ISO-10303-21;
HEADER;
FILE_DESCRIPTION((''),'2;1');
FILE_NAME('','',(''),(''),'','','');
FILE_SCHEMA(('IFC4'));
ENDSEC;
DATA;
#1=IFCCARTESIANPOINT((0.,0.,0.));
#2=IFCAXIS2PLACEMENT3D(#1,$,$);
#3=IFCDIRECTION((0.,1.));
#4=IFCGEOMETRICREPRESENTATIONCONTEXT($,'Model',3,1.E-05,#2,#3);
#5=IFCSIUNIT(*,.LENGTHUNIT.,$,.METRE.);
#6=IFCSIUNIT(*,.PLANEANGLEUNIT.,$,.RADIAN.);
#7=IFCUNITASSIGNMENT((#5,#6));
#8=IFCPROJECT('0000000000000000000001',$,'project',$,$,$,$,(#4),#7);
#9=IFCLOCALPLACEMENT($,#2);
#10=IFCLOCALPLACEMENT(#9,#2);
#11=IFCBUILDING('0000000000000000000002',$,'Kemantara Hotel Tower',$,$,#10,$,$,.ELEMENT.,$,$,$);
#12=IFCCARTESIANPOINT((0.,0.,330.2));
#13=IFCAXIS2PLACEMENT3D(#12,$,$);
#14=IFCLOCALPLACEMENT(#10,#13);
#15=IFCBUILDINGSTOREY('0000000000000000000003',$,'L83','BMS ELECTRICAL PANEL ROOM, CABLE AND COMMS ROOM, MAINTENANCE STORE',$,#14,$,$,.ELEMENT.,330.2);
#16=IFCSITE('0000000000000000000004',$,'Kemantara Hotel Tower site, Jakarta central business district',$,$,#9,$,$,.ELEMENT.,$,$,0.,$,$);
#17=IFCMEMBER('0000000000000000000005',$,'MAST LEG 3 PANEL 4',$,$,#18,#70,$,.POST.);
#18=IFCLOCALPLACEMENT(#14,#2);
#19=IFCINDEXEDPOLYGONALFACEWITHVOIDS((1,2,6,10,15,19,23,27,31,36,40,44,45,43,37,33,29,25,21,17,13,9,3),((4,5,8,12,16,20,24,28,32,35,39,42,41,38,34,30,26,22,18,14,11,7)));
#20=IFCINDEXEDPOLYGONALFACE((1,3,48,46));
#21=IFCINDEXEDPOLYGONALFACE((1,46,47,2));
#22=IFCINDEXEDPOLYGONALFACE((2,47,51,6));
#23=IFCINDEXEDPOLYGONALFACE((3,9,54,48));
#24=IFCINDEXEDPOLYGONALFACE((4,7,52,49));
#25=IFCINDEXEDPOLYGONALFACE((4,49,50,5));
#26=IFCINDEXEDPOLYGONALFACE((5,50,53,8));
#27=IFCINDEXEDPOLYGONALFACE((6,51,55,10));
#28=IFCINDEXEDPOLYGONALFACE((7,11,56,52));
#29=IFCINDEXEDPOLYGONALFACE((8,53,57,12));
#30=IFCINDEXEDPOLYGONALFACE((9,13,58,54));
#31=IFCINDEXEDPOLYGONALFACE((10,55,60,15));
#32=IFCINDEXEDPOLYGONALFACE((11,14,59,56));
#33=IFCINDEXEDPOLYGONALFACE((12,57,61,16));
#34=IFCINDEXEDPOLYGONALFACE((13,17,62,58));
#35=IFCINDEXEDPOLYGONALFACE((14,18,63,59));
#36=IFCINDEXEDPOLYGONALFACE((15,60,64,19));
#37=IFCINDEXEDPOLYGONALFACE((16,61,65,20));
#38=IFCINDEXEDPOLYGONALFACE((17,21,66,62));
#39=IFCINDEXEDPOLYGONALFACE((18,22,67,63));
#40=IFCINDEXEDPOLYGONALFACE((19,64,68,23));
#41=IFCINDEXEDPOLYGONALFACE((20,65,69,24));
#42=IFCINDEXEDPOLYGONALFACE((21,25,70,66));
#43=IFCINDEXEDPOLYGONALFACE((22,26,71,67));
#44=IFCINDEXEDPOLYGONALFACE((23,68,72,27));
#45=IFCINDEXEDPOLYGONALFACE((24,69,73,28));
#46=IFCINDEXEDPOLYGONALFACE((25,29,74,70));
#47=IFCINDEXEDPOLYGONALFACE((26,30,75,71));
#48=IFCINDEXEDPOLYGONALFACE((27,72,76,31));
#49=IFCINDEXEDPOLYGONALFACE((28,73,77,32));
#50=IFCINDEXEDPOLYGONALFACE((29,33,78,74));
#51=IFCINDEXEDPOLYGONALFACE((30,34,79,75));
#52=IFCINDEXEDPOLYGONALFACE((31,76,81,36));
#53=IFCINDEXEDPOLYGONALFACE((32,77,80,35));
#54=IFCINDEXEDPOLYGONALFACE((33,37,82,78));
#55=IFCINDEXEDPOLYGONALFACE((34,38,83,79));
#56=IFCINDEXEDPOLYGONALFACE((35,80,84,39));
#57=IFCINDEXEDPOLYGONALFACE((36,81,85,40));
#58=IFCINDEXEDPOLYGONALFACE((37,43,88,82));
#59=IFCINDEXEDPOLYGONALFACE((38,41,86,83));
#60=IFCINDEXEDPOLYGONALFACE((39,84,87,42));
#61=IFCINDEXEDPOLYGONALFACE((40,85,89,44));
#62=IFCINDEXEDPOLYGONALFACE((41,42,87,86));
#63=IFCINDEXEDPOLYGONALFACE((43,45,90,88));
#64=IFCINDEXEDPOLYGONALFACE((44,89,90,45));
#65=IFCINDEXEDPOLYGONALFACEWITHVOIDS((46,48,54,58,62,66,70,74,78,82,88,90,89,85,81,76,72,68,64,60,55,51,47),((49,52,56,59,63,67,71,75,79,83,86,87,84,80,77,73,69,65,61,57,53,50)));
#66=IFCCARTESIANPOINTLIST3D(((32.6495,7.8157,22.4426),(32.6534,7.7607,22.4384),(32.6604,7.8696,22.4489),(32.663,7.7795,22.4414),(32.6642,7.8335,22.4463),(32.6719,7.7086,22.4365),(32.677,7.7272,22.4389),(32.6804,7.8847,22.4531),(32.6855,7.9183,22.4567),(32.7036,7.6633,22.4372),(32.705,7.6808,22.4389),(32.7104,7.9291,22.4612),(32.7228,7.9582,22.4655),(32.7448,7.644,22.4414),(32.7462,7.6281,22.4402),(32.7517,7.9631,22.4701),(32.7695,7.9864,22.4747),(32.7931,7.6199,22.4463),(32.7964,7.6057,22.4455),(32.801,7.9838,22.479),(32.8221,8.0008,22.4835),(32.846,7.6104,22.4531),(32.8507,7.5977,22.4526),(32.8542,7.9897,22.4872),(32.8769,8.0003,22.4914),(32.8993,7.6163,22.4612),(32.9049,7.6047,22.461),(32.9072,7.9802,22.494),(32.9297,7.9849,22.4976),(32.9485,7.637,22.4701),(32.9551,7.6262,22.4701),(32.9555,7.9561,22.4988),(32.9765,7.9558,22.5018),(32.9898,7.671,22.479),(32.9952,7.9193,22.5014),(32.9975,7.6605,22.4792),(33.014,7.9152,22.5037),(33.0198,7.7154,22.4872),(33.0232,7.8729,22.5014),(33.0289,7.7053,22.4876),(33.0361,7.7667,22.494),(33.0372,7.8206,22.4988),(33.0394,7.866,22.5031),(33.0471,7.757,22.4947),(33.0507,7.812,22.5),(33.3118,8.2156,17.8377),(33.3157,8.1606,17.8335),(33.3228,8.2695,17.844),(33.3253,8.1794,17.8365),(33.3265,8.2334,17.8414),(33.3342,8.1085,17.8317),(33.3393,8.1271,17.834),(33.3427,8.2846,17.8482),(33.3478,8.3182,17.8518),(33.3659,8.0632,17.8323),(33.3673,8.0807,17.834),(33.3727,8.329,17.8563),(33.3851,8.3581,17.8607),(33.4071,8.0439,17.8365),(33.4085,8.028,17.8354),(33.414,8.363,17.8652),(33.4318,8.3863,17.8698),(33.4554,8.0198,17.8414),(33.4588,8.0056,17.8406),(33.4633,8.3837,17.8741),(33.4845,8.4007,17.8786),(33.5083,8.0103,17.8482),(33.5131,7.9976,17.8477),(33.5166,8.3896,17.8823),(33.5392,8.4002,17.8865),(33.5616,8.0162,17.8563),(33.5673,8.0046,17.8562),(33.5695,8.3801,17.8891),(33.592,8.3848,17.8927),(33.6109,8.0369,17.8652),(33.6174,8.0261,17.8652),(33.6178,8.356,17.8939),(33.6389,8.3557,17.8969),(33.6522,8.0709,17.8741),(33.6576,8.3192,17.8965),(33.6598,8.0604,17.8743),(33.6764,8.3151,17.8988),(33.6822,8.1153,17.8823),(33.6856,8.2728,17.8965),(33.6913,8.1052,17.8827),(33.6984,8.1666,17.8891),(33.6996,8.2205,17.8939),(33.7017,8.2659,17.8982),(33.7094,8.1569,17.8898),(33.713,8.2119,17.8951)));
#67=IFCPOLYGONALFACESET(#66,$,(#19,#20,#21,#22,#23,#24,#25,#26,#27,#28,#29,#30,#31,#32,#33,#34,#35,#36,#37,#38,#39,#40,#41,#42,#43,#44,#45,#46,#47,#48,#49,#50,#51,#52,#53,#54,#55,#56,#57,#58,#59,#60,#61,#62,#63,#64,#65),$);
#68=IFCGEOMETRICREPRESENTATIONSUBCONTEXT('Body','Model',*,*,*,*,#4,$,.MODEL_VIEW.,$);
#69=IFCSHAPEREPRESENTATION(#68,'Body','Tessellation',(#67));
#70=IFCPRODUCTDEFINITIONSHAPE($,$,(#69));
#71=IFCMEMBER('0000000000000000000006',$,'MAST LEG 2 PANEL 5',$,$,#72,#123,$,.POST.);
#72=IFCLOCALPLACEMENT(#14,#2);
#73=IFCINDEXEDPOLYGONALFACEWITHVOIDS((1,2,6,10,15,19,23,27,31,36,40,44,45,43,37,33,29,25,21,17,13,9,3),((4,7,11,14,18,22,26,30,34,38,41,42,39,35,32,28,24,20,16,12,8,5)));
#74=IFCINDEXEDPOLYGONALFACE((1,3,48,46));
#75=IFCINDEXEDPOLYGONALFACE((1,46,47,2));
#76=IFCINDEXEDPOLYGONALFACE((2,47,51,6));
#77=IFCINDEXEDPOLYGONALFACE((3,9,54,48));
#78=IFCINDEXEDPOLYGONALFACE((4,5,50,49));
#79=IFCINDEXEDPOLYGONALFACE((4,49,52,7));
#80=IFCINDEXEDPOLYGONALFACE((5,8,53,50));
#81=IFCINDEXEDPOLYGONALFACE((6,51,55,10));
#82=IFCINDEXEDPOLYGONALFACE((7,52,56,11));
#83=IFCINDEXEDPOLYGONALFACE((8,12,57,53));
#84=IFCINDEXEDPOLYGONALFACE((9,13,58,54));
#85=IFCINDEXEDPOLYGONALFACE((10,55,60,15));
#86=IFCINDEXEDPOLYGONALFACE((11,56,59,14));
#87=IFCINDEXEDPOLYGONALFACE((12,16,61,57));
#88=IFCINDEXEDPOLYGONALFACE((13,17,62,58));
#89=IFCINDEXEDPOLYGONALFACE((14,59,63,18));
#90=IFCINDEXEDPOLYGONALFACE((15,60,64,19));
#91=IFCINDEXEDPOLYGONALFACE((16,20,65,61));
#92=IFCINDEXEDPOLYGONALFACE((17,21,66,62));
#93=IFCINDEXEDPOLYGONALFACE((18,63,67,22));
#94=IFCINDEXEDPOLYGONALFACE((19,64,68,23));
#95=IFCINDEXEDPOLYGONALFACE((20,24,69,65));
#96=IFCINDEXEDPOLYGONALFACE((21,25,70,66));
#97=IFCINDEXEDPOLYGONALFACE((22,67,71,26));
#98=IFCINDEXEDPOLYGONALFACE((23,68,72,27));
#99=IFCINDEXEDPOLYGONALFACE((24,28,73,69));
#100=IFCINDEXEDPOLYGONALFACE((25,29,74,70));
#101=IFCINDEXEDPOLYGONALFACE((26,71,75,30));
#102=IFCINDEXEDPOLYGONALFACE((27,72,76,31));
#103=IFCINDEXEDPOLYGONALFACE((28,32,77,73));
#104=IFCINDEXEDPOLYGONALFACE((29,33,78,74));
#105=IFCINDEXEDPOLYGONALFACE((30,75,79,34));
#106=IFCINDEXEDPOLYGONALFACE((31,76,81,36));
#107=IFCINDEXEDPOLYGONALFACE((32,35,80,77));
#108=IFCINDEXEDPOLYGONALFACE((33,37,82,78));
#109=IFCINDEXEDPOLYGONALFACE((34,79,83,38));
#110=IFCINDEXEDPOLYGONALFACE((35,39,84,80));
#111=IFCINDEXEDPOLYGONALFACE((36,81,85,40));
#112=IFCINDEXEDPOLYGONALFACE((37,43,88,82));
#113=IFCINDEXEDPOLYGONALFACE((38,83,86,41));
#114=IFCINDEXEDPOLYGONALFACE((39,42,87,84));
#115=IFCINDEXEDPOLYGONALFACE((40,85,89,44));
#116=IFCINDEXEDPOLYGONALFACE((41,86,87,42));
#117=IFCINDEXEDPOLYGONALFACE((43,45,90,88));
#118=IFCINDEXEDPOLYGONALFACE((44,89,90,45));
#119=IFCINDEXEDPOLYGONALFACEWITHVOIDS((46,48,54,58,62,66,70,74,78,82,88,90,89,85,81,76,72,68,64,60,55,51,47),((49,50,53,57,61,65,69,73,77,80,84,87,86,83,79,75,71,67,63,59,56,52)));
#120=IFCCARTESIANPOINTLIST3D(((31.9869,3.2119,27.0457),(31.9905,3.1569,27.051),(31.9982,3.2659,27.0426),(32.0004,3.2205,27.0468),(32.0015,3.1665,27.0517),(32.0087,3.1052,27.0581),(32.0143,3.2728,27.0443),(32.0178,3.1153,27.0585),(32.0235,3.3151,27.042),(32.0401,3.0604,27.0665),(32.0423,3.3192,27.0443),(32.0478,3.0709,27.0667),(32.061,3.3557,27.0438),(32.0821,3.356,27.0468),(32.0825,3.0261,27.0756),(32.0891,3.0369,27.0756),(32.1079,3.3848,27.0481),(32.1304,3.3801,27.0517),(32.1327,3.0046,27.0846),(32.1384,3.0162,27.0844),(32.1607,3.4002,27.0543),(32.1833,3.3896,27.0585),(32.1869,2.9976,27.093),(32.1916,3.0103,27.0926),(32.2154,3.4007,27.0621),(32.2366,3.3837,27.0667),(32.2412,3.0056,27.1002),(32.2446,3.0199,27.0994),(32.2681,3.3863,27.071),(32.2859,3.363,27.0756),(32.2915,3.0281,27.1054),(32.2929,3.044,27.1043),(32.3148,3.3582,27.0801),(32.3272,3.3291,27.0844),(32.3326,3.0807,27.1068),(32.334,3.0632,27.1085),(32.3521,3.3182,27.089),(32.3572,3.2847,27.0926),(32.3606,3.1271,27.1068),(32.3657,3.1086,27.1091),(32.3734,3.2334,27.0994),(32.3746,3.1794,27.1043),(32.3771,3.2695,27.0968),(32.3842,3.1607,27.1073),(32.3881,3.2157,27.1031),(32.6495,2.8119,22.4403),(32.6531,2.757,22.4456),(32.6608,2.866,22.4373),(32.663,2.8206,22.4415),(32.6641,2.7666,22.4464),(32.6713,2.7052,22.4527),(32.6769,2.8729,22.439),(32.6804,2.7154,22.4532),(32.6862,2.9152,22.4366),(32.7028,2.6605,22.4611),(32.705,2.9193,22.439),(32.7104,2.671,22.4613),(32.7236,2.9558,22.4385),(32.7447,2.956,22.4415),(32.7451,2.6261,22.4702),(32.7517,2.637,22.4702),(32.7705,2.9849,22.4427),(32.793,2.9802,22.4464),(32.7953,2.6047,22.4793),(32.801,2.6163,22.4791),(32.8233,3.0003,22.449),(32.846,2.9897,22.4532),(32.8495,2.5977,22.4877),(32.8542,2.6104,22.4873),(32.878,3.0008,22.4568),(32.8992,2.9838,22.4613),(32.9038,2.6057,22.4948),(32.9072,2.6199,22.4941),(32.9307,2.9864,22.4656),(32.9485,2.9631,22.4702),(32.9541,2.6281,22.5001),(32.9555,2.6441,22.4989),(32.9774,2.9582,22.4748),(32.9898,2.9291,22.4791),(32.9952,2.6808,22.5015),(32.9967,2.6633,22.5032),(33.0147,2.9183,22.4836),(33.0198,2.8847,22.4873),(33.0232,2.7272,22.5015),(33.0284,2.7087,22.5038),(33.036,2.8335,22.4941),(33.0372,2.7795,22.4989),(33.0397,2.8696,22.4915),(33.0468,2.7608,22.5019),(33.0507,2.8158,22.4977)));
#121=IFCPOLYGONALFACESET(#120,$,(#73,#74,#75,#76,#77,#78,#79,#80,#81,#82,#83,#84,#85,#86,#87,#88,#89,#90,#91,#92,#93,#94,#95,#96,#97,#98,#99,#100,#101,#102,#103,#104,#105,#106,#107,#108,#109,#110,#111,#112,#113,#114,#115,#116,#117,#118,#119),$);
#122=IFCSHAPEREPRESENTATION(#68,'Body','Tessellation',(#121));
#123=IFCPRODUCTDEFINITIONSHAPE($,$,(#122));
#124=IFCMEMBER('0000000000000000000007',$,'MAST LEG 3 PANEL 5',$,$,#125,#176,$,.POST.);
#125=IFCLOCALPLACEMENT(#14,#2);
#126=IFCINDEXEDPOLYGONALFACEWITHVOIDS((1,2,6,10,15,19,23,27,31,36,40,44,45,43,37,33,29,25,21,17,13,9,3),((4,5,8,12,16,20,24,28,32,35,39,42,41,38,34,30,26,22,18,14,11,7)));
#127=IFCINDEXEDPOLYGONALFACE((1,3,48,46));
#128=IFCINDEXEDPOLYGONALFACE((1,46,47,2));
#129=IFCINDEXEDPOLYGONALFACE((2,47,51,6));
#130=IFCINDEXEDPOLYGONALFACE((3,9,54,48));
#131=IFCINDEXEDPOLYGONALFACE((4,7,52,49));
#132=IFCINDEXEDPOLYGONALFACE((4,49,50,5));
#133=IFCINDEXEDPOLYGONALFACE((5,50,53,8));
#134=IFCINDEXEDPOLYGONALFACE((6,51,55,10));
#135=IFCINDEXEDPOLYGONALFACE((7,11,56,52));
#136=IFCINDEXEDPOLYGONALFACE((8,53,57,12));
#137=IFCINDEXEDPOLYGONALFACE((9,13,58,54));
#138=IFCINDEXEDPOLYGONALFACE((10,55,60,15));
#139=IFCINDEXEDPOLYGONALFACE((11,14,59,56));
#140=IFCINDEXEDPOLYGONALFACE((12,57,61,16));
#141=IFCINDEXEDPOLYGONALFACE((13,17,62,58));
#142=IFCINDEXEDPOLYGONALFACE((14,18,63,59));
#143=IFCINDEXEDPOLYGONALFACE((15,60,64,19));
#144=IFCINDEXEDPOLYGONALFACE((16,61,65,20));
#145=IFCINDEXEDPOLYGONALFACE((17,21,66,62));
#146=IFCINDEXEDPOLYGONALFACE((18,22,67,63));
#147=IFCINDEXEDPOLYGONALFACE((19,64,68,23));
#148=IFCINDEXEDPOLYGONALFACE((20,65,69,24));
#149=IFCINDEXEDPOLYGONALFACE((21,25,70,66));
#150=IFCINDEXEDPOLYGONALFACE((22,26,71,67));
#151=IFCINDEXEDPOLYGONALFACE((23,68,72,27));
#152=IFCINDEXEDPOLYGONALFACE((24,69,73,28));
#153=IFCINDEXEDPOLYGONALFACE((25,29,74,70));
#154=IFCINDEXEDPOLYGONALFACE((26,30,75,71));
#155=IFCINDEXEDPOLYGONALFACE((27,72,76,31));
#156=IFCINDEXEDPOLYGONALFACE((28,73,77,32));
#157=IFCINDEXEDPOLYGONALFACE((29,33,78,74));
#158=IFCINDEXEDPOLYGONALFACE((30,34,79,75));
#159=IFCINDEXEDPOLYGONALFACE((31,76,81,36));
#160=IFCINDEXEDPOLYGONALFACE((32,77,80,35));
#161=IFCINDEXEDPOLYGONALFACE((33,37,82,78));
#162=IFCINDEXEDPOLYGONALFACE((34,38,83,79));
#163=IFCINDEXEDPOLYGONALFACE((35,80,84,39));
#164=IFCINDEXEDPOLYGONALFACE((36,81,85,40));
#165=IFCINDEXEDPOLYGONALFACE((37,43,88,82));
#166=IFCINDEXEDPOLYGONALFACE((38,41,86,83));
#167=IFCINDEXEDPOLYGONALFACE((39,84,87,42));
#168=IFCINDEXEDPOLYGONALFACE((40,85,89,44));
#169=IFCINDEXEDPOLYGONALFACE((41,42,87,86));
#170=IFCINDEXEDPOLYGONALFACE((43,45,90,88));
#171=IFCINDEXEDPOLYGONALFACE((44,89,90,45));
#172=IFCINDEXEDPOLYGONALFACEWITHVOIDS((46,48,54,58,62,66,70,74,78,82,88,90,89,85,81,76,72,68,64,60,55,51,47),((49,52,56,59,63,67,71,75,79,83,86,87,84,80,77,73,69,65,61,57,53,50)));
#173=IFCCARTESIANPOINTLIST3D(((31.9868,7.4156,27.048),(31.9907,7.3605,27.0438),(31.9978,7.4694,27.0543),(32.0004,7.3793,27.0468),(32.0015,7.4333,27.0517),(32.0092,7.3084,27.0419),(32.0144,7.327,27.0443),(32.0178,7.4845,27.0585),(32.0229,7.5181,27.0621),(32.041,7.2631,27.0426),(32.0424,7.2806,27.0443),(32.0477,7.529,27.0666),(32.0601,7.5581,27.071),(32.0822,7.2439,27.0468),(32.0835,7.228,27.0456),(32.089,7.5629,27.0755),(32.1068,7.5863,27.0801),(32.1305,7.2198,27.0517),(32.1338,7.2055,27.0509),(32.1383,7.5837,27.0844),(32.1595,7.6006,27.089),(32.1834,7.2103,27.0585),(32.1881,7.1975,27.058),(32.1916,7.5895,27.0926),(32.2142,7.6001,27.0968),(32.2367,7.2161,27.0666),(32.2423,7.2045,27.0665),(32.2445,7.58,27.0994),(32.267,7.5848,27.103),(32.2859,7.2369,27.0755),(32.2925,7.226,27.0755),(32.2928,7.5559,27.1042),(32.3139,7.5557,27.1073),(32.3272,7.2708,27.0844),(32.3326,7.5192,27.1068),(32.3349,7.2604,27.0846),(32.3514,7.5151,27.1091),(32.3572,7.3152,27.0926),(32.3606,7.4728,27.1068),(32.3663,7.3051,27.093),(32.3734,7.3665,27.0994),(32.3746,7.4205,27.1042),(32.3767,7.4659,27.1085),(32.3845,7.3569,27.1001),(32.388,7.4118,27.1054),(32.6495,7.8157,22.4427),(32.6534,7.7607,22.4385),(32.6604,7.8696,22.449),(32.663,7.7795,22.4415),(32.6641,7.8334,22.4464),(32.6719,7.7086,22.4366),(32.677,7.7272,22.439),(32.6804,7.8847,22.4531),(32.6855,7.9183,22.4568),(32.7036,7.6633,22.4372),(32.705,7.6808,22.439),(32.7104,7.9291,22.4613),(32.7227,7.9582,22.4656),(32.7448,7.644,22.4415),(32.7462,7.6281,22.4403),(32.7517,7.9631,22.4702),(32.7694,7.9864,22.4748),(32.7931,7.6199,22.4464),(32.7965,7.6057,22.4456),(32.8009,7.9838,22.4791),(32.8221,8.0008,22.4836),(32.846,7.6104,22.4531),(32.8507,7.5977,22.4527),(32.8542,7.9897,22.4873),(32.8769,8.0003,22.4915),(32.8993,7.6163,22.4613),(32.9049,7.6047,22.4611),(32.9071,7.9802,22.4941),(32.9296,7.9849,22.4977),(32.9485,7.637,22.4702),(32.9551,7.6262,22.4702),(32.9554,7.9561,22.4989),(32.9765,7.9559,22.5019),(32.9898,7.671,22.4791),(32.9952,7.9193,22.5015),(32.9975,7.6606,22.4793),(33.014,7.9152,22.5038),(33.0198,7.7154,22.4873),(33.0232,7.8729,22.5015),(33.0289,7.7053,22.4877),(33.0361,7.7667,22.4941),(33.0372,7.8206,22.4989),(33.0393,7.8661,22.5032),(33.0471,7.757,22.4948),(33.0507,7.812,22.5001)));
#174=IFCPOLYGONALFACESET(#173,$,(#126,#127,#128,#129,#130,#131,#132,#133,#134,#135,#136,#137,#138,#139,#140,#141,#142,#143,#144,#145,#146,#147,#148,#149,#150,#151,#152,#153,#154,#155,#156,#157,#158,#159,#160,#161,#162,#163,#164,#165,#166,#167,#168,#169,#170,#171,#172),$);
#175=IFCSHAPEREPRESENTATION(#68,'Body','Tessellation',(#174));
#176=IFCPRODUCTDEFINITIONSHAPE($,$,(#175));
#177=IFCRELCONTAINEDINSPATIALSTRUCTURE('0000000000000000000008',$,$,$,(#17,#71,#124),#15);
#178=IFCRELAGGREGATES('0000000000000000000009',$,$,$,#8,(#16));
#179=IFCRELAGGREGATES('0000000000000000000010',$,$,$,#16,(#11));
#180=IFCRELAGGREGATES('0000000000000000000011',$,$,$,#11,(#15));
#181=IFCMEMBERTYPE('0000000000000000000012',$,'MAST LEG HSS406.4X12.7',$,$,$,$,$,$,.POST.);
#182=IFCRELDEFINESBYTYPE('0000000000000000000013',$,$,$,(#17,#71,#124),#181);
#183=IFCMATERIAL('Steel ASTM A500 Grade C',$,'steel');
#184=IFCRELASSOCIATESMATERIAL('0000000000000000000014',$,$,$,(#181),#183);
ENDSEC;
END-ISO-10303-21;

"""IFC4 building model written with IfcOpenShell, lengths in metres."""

from ifc_helpers import new_model, si_unit, direction, frame, origin, origin_2d, place, context, subcontext, project, spatial, hollow_circle, extrude, material, material_profile, profile_set, type_object, element, save


model = new_model("IFC4")

# Units and contexts
model_context = context("Model", 3, precision=1e-05, world=origin(), true_north=direction((0.0, 1.0)))
body_context = subcontext(model_context, "Body", "Model", "MODEL_VIEW")
ifc_project = project(units=[si_unit("LENGTHUNIT", "METRE"), si_unit("PLANEANGLEUNIT", "RADIAN")], contexts=[model_context])

# Site, building, storey
site_placement = place(None, origin())
site = spatial("IfcSite", under=ifc_project, at=site_placement, Name="Kemantara Hotel Tower site, Jakarta central business district", CompositionType="ELEMENT", RefElevation=0.0)
building_placement = place(site_placement, origin())
building = spatial("IfcBuilding", under=site, at=building_placement, Name="Kemantara Hotel Tower", CompositionType="ELEMENT")
storey_placement = place(building_placement, frame((0.0, 0.0, 330.2)))
storey = spatial("IfcBuildingStorey", under=building, at=storey_placement, Name="L83", Description="BMS ELECTRICAL PANEL ROOM, CABLE AND COMMS ROOM, MAINTENANCE STORE", CompositionType="ELEMENT", Elevation=330.2)

# Members
ifc_material_1 = material(Name="Steel ASTM A500 Grade C", Category="steel")
ifc_material_profile_1 = material_profile(ifc_material_1, hollow_circle(Radius=0.2031, WallThickness=0.0127, at=origin_2d()), Name="HSS406.4X12.7")
ifc_profile_set_1 = profile_set([ifc_material_profile_1], Name="Steel ASTM A500 Grade C")
member_type_1 = type_object("IfcMemberType", Name="MAST LEG HSS406.4X12.7", PredefinedType="POST", material=ifc_profile_set_1)
for number, where, z_axis, x_axis, name in (
    (1, (33.5125, 8.2, 17.8652), (-0.141846, -0.085641, 0.986177), (0.51686, -0.85607, 0.0), "MAST LEG 3 PANEL 4"),
):
    element("IfcMember", number, at=place(storey_placement, frame(where, z_axis=z_axis, x_axis=x_axis)), inside=storey, type_object=member_type_1, Name=name, PredefinedType="POST", context=body_context, shape_type="SweptSolid", body=[
        extrude(hollow_circle(Radius=0.2031, WallThickness=0.0127, at=origin_2d()), origin(), (0.0, 0.0, 1.0), 4.6694),
    ])
for number, where, z_axis, x_axis, name in (
    (2, (32.8501, 2.8, 22.4702), (-0.14189, 0.085636, 0.986171), (-0.516721, -0.856154, 0.0), "MAST LEG 2 PANEL 5"),
    (3, (32.8501, 7.8, 22.4702), (-0.141889, -0.085688, 0.986167), (0.516952, -0.856014, 0.0), "MAST LEG 3 PANEL 5"),
):
    element("IfcMember", number, at=place(storey_placement, frame(where, z_axis=z_axis, x_axis=x_axis)), inside=storey, type_object=member_type_1, Name=name, PredefinedType="POST", context=body_context, shape_type="SweptSolid", body=[
        extrude(hollow_circle(Radius=0.2031, WallThickness=0.0127, at=origin_2d()), origin(), (0.0, 0.0, 1.0), 4.6699),
    ])

save(model, "model.ifc")
